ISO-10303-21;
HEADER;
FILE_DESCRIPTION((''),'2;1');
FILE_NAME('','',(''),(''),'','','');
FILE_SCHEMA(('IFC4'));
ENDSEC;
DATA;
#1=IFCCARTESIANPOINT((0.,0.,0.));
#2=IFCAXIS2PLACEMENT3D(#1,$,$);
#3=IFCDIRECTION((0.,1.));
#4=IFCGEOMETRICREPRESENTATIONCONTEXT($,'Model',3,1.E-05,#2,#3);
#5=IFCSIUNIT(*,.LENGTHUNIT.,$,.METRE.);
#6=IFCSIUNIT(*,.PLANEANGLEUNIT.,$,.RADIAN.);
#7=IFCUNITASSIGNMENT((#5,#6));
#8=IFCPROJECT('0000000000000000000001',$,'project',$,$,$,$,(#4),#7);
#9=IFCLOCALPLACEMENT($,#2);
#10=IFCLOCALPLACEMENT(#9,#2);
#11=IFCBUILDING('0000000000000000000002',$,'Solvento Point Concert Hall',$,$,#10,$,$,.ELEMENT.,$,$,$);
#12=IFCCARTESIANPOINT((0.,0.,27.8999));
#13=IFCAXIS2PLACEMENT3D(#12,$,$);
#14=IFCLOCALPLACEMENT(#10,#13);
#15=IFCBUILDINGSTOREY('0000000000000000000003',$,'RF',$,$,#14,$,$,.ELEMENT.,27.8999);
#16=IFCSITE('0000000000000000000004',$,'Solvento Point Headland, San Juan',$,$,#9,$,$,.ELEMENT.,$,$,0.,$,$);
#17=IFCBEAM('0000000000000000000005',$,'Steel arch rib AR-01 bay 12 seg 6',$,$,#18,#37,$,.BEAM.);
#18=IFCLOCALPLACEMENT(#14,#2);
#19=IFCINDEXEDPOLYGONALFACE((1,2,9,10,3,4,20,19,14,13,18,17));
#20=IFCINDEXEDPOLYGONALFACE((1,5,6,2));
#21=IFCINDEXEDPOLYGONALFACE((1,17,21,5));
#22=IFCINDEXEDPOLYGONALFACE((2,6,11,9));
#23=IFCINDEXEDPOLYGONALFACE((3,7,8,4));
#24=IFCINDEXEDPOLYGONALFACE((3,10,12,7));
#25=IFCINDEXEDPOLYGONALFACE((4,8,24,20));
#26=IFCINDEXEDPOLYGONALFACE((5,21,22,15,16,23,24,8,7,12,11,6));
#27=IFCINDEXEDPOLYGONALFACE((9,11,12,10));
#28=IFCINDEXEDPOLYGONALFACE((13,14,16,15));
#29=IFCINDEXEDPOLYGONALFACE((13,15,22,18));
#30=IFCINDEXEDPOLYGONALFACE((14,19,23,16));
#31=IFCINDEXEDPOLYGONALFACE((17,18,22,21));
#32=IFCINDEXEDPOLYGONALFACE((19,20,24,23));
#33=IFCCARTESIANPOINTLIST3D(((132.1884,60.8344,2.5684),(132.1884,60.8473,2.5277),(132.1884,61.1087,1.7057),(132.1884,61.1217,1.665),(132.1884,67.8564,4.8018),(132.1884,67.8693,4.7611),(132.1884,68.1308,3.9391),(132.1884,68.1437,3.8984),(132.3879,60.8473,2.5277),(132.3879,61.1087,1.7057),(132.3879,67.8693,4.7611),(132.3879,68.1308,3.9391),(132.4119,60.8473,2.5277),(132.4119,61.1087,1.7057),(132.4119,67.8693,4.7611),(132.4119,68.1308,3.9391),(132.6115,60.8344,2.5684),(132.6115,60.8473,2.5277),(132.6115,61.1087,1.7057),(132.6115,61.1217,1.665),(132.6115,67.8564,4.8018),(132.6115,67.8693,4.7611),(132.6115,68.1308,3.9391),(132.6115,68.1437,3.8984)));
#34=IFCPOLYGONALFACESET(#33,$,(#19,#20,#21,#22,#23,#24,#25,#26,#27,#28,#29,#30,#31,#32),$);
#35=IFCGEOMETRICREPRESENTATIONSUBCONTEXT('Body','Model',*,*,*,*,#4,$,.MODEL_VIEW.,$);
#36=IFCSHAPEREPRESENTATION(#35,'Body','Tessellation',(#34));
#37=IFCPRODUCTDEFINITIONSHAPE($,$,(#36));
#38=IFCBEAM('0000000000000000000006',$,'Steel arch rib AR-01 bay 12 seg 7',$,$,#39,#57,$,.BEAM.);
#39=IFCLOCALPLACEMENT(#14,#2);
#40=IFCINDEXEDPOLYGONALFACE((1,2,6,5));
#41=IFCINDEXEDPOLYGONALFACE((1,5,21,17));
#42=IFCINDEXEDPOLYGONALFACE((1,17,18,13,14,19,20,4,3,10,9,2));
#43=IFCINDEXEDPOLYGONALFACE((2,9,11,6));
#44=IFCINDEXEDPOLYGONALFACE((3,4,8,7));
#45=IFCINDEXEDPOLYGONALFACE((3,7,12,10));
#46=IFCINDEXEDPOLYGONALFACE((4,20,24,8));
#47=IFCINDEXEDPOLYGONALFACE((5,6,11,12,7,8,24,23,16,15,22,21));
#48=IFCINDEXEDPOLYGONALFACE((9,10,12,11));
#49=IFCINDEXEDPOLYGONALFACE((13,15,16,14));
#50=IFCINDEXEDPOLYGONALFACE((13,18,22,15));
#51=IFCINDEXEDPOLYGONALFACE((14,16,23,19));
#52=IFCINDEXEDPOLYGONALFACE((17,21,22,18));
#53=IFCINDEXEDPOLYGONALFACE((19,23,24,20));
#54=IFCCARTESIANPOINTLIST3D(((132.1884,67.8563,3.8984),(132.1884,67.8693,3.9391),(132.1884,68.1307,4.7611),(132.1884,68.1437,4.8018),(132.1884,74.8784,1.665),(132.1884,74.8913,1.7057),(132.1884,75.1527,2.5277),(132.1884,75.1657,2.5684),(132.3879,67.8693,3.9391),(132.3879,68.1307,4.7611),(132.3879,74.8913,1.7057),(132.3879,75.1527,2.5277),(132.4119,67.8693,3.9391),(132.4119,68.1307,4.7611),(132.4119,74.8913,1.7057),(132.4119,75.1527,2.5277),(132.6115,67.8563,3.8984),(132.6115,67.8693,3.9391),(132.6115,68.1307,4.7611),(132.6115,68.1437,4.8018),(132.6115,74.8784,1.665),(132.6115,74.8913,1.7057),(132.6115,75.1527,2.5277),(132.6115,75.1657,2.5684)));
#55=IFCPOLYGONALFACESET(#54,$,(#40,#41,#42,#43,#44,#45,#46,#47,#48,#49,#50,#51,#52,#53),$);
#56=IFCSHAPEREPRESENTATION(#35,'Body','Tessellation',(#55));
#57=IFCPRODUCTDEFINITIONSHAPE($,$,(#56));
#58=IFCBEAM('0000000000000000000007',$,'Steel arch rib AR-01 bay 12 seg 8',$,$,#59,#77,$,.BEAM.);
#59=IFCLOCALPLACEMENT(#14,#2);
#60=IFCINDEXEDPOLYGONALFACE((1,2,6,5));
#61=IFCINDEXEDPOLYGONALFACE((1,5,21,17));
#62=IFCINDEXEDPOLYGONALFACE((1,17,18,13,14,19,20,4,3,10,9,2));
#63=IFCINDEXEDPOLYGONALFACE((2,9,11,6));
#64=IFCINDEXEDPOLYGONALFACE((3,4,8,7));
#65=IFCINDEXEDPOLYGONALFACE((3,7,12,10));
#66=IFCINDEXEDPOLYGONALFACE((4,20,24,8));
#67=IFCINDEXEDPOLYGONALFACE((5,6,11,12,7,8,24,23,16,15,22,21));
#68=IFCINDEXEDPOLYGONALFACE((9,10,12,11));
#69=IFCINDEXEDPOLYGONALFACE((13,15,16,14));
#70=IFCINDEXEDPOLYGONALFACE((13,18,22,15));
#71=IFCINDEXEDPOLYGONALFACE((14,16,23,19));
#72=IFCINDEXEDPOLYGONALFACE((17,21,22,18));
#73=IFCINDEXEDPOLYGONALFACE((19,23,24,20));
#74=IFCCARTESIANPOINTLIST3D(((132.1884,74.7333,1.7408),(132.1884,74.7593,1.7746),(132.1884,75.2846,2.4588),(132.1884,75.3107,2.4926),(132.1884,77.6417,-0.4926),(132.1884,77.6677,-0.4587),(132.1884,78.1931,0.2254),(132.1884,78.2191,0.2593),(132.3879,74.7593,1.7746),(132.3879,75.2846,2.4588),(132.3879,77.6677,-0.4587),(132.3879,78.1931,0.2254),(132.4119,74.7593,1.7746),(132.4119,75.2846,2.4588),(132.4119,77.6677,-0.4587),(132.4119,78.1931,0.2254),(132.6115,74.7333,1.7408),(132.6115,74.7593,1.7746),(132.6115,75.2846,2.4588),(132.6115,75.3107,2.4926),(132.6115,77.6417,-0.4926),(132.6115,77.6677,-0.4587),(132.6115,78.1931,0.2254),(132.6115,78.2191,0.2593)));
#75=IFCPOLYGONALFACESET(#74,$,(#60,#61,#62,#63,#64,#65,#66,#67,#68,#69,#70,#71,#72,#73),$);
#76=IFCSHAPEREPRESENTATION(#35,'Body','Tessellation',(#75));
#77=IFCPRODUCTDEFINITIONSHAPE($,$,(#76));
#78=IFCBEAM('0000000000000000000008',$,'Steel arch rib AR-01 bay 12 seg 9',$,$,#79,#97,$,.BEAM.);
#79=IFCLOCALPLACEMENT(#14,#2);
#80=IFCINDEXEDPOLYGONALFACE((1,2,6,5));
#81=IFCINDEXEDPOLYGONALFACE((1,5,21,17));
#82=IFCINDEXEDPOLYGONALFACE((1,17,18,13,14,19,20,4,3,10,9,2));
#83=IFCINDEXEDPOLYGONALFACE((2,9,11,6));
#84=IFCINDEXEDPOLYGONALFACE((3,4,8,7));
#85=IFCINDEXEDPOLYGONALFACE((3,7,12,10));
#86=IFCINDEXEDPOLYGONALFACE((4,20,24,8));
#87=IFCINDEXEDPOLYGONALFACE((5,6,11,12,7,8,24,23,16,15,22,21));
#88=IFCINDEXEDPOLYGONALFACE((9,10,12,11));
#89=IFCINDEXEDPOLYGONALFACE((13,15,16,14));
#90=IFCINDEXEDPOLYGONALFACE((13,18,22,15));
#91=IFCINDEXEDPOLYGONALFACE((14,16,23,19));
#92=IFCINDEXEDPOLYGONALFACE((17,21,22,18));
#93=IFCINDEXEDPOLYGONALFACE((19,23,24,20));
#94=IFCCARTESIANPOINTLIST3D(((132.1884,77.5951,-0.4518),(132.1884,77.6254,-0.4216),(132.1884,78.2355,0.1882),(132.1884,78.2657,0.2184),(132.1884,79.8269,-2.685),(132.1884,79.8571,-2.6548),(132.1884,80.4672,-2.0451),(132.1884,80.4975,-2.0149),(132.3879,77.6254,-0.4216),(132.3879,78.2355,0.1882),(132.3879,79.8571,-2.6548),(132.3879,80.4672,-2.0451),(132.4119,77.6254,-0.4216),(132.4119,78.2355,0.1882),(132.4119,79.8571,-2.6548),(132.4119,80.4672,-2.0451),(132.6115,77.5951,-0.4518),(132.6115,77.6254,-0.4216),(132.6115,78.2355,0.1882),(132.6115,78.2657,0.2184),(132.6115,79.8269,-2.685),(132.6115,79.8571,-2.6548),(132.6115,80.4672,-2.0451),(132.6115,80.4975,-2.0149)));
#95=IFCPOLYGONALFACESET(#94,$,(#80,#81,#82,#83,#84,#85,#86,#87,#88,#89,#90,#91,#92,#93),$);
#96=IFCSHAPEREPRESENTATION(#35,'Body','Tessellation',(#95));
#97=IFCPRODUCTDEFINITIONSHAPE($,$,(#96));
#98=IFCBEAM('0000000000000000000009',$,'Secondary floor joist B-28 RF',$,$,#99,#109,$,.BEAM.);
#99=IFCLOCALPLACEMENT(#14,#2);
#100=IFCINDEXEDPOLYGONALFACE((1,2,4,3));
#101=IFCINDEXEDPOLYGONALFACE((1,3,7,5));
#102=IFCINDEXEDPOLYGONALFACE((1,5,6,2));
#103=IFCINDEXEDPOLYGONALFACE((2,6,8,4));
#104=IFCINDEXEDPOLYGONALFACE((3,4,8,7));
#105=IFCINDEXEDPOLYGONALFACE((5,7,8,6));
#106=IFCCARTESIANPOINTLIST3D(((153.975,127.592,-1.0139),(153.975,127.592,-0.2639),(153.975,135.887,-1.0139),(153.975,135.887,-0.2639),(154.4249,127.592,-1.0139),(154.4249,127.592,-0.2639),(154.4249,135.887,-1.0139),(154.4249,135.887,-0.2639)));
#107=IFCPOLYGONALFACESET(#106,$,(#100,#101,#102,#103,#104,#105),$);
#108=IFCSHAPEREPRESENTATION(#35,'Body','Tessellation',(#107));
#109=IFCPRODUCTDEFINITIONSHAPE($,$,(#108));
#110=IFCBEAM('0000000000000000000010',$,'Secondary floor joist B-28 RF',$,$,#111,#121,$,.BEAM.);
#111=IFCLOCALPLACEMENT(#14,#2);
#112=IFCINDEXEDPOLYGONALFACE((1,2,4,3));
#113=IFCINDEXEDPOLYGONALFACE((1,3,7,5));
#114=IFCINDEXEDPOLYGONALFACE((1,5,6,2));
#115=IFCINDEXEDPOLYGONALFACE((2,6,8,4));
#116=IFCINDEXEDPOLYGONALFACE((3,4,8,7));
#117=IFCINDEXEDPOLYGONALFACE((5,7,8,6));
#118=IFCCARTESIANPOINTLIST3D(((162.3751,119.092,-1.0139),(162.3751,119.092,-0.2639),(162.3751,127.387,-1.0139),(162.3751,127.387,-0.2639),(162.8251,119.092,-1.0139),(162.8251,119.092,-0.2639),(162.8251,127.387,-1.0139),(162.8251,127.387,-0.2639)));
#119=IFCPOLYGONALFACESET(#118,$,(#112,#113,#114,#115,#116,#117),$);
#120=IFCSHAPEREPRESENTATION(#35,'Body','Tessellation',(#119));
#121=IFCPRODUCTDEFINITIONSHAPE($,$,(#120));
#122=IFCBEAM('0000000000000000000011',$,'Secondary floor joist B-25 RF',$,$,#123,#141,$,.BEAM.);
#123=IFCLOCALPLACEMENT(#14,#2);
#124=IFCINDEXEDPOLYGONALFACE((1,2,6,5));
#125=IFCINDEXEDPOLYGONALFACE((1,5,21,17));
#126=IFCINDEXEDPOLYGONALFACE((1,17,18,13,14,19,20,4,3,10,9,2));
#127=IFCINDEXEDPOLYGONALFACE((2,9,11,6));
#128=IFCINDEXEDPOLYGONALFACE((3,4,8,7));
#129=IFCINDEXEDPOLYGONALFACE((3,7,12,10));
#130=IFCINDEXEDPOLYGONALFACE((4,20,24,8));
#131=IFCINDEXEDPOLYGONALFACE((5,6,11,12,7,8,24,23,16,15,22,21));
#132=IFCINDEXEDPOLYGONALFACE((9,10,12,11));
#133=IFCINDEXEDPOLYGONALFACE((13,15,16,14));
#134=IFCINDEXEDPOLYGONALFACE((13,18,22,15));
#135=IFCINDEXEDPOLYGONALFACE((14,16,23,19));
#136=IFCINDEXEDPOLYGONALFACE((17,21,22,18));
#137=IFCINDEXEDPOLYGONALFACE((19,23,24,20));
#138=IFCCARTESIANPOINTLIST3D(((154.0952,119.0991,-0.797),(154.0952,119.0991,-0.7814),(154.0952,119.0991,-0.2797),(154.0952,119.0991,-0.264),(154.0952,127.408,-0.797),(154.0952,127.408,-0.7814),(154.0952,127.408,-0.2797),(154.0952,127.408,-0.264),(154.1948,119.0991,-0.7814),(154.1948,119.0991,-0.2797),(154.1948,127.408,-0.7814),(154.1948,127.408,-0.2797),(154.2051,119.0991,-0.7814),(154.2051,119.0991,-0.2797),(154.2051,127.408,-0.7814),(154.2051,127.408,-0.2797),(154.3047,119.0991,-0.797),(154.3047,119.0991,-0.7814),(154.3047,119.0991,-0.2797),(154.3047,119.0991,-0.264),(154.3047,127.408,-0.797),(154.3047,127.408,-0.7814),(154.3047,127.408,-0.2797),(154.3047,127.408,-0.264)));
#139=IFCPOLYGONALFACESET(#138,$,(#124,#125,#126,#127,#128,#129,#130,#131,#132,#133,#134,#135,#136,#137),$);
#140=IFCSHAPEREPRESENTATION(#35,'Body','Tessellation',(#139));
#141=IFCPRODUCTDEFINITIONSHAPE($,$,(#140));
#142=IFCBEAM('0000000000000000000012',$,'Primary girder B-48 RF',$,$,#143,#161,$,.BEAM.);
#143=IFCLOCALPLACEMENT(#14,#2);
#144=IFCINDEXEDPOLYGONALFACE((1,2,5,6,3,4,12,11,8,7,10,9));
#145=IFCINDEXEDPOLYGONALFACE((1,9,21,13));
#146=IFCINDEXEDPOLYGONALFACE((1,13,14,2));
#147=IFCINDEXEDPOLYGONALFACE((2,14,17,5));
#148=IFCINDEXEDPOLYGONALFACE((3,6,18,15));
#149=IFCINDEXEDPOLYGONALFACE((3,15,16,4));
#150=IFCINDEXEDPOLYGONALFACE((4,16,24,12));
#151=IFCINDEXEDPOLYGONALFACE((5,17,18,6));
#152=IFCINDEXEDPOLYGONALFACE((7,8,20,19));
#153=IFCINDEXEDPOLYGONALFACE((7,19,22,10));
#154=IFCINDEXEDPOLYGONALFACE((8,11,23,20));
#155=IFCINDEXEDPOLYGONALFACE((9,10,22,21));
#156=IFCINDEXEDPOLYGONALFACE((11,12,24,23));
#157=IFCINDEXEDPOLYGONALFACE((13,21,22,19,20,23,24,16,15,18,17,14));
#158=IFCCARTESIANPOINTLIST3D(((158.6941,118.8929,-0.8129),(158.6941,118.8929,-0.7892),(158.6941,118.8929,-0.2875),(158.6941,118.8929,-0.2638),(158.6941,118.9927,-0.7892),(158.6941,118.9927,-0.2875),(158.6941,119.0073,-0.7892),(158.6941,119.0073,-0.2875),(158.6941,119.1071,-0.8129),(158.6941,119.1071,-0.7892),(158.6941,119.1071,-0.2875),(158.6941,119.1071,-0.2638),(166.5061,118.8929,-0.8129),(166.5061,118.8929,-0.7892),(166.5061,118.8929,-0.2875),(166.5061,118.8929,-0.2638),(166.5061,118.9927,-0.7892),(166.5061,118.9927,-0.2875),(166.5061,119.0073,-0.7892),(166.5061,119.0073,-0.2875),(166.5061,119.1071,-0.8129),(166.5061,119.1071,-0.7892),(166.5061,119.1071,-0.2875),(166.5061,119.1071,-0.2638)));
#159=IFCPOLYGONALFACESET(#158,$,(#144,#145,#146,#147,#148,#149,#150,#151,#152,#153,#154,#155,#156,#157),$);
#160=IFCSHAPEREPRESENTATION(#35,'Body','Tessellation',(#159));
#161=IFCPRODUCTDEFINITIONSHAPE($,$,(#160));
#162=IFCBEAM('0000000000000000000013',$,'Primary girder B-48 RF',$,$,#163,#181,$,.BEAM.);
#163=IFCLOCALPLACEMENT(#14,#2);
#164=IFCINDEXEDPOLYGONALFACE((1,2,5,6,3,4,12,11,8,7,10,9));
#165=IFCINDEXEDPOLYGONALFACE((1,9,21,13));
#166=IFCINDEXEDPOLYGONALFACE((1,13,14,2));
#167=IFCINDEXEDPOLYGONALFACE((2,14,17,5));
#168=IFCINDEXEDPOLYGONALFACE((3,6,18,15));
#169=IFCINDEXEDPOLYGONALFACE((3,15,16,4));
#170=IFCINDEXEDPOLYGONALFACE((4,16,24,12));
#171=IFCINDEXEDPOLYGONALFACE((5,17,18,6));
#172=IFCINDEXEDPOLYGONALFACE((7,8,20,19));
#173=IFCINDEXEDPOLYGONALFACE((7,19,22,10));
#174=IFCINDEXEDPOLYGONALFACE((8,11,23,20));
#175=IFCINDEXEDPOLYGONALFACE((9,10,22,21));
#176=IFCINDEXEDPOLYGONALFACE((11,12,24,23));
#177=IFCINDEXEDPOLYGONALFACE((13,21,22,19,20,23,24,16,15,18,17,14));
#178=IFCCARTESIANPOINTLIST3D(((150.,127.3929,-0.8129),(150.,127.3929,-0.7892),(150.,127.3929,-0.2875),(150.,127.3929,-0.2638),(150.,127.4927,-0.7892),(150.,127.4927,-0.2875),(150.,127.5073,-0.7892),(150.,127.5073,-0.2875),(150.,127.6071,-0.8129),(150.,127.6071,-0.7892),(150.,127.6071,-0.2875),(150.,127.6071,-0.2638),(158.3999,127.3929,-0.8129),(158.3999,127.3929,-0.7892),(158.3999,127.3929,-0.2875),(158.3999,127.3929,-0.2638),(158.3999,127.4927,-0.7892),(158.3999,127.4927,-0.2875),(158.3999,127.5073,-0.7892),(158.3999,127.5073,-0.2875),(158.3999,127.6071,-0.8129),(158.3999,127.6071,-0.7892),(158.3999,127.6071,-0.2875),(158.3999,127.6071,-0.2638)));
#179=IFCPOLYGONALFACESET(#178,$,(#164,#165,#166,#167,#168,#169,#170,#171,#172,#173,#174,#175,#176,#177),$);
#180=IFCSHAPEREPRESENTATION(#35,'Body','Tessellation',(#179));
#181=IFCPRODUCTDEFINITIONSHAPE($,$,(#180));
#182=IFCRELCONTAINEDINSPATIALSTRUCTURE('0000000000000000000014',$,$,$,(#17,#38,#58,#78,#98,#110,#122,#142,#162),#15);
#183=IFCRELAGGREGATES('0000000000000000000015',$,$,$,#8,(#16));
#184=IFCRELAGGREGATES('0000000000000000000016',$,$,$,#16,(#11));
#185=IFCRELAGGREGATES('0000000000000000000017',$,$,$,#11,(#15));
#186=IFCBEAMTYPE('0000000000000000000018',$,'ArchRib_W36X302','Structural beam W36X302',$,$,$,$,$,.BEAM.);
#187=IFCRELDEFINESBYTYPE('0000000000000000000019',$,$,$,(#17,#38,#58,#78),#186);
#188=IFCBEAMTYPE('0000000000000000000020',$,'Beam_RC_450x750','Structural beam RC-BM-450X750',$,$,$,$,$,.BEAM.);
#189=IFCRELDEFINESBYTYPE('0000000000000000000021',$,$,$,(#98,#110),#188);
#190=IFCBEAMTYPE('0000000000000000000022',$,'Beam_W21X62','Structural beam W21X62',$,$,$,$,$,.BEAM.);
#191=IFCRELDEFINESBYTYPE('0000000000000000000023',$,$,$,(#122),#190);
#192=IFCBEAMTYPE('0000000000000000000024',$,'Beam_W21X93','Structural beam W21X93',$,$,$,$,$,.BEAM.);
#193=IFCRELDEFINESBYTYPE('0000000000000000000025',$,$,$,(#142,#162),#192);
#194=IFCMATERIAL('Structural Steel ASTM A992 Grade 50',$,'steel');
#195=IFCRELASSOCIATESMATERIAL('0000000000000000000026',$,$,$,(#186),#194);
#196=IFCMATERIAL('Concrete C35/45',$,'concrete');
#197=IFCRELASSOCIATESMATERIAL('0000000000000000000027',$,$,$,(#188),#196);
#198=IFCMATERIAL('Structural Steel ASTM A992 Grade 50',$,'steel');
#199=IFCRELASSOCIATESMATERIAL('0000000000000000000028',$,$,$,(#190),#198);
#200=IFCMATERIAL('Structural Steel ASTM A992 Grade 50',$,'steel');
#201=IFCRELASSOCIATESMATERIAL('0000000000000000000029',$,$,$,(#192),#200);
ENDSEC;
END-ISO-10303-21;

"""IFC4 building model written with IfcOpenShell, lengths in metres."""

from ifc_helpers import new_model, si_unit, direction, frame, origin, origin_2d, place, context, subcontext, project, spatial, rectangle, i_section, extrude, material, material_profile, profile_set, type_object, element, save


model = new_model("IFC4")

# Units and contexts
model_context = context("Model", 3, precision=1e-05, world=origin(), true_north=direction((0.0, 1.0)))
body_context = subcontext(model_context, "Body", "Model", "MODEL_VIEW")
ifc_project = project(units=[si_unit("LENGTHUNIT", "METRE"), si_unit("PLANEANGLEUNIT", "RADIAN")], contexts=[model_context])

# Site, building, storey
site_placement = place(None, origin())
site = spatial("IfcSite", under=ifc_project, at=site_placement, Name="Solvento Point Headland, San Juan", CompositionType="ELEMENT", RefElevation=0.0)
building_placement = place(site_placement, origin())
building = spatial("IfcBuilding", under=site, at=building_placement, Name="Solvento Point Concert Hall", CompositionType="ELEMENT")
storey_placement = place(building_placement, frame((0.0, 0.0, 27.8999)))
storey = spatial("IfcBuildingStorey", under=building, at=storey_placement, Name="RF", CompositionType="ELEMENT", Elevation=27.8999)

# Beams
ifc_material_1 = material(Name="Structural Steel ASTM A992 Grade 50", Category="steel")
ifc_material_profile_1 = material_profile(ifc_material_1, i_section(OverallWidth=0.4231, OverallDepth=0.948, WebThickness=0.0239, FlangeThickness=0.0427, at=origin_2d()), Name="W36X302")
ifc_profile_set_1 = profile_set([ifc_material_profile_1], Name="Structural Steel ASTM A992 Grade 50")
beam_type_1 = type_object("IfcBeamType", Name="ArchRib_W36X302", Description="Structural beam W36X302", PredefinedType="BEAM", material=ifc_profile_set_1)
for number, where, z_axis, x_axis, name in (
    (1, (132.3999, 60.978, 2.1167), (0.0, 0.95296, 0.303097), (-1.0, 0.0, 0.0), "Steel arch rib AR-01 bay 12 seg 6"),
    (2, (132.3999, 68.0, 4.3501), (0.0, 0.95296, -0.303097), (-1.0, 0.0, 0.0), "Steel arch rib AR-01 bay 12 seg 7"),
):
    element("IfcBeam", number, at=place(storey_placement, frame(where, z_axis=z_axis, x_axis=x_axis)), inside=storey, type_object=beam_type_1, Name=name, PredefinedType="BEAM", context=body_context, shape_type="SweptSolid", body=[
        extrude(i_section(OverallWidth=0.4231, OverallDepth=0.948, WebThickness=0.0239, FlangeThickness=0.0427, at=origin_2d()), origin(), (0.0, 0.0, 1.0), 7.3687),
    ])
beam_1_placement = place(storey_placement, frame((132.3999, 75.022, 2.1167), z_axis=(0.0, 0.793134, -0.609048), x_axis=(-1.0, 0.0, 0.0)))
element("IfcBeam", 3, at=beam_1_placement, inside=storey, type_object=beam_type_1, Name="Steel arch rib AR-01 bay 12 seg 8", PredefinedType="BEAM", context=body_context, shape_type="SweptSolid", body=[
    extrude(i_section(OverallWidth=0.4231, OverallDepth=0.948, WebThickness=0.0239, FlangeThickness=0.0427, at=origin_2d()), origin(), (0.0, 0.0, 1.0), 3.667),
])
beam_2_placement = place(storey_placement, frame((132.3999, 77.9304, -0.1167), z_axis=(0.0, 0.706875, -0.707339), x_axis=(-1.0, 0.0, 0.0)))
element("IfcBeam", 4, at=beam_2_placement, inside=storey, type_object=beam_type_1, Name="Steel arch rib AR-01 bay 12 seg 9", PredefinedType="BEAM", context=body_context, shape_type="SweptSolid", body=[
    extrude(i_section(OverallWidth=0.4231, OverallDepth=0.948, WebThickness=0.0239, FlangeThickness=0.0427, at=origin_2d()), origin(), (0.0, 0.0, 1.0), 3.1572),
])
ifc_material_2 = material(Name="Concrete C35/45", Category="concrete")
ifc_material_profile_2 = material_profile(ifc_material_2, rectangle(XDim=0.45, YDim=0.75, at=origin_2d()), Name="RC-BM-450X750")
ifc_profile_set_2 = profile_set([ifc_material_profile_2], Name="Concrete C35/45")
beam_type_2 = type_object("IfcBeamType", Name="Beam_RC_450x750", Description="Structural beam RC-BM-450X750", PredefinedType="BEAM", material=ifc_profile_set_2)
for number, where, z_axis, x_axis, name in (
    (5, (154.2, 127.592, -0.6389), (0.0, 1.0, 0.0), (-1.0, 0.0, 0.0), "Secondary floor joist B-28 RF"),
    (6, (162.6001, 119.092, -0.6389), (0.0, 1.0, 0.0), (-1.0, 0.0, 0.0), "Secondary floor joist B-28 RF"),
):
    element("IfcBeam", number, at=place(storey_placement, frame(where, z_axis=z_axis, x_axis=x_axis)), inside=storey, type_object=beam_type_2, Name=name, PredefinedType="BEAM", context=body_context, shape_type="SweptSolid", body=[
        extrude(rectangle(XDim=0.45, YDim=0.75, at=origin_2d()), origin(), (0.0, 0.0, 1.0), 8.2949),
    ])
ifc_material_3 = material(Name="Structural Steel ASTM A992 Grade 50", Category="steel")
ifc_material_profile_3 = material_profile(ifc_material_3, i_section(OverallWidth=0.2095, OverallDepth=0.533, WebThickness=0.0103, FlangeThickness=0.0156, at=origin_2d()), Name="W21X62")
ifc_profile_set_3 = profile_set([ifc_material_profile_3], Name="Structural Steel ASTM A992 Grade 50")
beam_type_3 = type_object("IfcBeamType", Name="Beam_W21X62", Description="Structural beam W21X62", PredefinedType="BEAM", material=ifc_profile_set_3)
beam_3_placement = place(storey_placement, frame((154.2, 119.0991, -0.5305), z_axis=(0.0, 1.0, 0.0), x_axis=(-1.0, 0.0, 0.0)))
element("IfcBeam", 7, at=beam_3_placement, inside=storey, type_object=beam_type_3, Name="Secondary floor joist B-25 RF", PredefinedType="BEAM", context=body_context, shape_type="SweptSolid", body=[
    extrude(i_section(OverallWidth=0.2095, OverallDepth=0.533, WebThickness=0.0103, FlangeThickness=0.0156, at=origin_2d()), origin(), (0.0, 0.0, 1.0), 8.3088),
])
ifc_material_4 = material(Name="Structural Steel ASTM A992 Grade 50", Category="steel")
ifc_material_profile_4 = material_profile(ifc_material_4, i_section(OverallWidth=0.2141, OverallDepth=0.5491, WebThickness=0.0146, FlangeThickness=0.0237, at=origin_2d()), Name="W21X93")
ifc_profile_set_4 = profile_set([ifc_material_profile_4], Name="Structural Steel ASTM A992 Grade 50")
beam_type_4 = type_object("IfcBeamType", Name="Beam_W21X93", Description="Structural beam W21X93", PredefinedType="BEAM", material=ifc_profile_set_4)
beam_4_placement = place(storey_placement, frame((158.6941, 119.0, -0.5383), z_axis=(1.0, 0.0, 0.0), x_axis=(0.0, 1.0, 0.0)))
element("IfcBeam", 8, at=beam_4_placement, inside=storey, type_object=beam_type_4, Name="Primary girder B-48 RF", PredefinedType="BEAM", context=body_context, shape_type="SweptSolid", body=[
    extrude(i_section(OverallWidth=0.2141, OverallDepth=0.5491, WebThickness=0.0146, FlangeThickness=0.0237, at=origin_2d()), origin(), (0.0, 0.0, 1.0), 7.812),
])
beam_5_placement = place(storey_placement, frame((150.0, 127.5, -0.5383), z_axis=(1.0, 0.0, 0.0), x_axis=(0.0, 1.0, 0.0)))
element("IfcBeam", 9, at=beam_5_placement, inside=storey, type_object=beam_type_4, Name="Primary girder B-48 RF", PredefinedType="BEAM", context=body_context, shape_type="SweptSolid", body=[
    extrude(i_section(OverallWidth=0.2141, OverallDepth=0.5491, WebThickness=0.0146, FlangeThickness=0.0237, at=origin_2d()), origin(), (0.0, 0.0, 1.0), 8.3999),
])

save(model, "model.ifc")
